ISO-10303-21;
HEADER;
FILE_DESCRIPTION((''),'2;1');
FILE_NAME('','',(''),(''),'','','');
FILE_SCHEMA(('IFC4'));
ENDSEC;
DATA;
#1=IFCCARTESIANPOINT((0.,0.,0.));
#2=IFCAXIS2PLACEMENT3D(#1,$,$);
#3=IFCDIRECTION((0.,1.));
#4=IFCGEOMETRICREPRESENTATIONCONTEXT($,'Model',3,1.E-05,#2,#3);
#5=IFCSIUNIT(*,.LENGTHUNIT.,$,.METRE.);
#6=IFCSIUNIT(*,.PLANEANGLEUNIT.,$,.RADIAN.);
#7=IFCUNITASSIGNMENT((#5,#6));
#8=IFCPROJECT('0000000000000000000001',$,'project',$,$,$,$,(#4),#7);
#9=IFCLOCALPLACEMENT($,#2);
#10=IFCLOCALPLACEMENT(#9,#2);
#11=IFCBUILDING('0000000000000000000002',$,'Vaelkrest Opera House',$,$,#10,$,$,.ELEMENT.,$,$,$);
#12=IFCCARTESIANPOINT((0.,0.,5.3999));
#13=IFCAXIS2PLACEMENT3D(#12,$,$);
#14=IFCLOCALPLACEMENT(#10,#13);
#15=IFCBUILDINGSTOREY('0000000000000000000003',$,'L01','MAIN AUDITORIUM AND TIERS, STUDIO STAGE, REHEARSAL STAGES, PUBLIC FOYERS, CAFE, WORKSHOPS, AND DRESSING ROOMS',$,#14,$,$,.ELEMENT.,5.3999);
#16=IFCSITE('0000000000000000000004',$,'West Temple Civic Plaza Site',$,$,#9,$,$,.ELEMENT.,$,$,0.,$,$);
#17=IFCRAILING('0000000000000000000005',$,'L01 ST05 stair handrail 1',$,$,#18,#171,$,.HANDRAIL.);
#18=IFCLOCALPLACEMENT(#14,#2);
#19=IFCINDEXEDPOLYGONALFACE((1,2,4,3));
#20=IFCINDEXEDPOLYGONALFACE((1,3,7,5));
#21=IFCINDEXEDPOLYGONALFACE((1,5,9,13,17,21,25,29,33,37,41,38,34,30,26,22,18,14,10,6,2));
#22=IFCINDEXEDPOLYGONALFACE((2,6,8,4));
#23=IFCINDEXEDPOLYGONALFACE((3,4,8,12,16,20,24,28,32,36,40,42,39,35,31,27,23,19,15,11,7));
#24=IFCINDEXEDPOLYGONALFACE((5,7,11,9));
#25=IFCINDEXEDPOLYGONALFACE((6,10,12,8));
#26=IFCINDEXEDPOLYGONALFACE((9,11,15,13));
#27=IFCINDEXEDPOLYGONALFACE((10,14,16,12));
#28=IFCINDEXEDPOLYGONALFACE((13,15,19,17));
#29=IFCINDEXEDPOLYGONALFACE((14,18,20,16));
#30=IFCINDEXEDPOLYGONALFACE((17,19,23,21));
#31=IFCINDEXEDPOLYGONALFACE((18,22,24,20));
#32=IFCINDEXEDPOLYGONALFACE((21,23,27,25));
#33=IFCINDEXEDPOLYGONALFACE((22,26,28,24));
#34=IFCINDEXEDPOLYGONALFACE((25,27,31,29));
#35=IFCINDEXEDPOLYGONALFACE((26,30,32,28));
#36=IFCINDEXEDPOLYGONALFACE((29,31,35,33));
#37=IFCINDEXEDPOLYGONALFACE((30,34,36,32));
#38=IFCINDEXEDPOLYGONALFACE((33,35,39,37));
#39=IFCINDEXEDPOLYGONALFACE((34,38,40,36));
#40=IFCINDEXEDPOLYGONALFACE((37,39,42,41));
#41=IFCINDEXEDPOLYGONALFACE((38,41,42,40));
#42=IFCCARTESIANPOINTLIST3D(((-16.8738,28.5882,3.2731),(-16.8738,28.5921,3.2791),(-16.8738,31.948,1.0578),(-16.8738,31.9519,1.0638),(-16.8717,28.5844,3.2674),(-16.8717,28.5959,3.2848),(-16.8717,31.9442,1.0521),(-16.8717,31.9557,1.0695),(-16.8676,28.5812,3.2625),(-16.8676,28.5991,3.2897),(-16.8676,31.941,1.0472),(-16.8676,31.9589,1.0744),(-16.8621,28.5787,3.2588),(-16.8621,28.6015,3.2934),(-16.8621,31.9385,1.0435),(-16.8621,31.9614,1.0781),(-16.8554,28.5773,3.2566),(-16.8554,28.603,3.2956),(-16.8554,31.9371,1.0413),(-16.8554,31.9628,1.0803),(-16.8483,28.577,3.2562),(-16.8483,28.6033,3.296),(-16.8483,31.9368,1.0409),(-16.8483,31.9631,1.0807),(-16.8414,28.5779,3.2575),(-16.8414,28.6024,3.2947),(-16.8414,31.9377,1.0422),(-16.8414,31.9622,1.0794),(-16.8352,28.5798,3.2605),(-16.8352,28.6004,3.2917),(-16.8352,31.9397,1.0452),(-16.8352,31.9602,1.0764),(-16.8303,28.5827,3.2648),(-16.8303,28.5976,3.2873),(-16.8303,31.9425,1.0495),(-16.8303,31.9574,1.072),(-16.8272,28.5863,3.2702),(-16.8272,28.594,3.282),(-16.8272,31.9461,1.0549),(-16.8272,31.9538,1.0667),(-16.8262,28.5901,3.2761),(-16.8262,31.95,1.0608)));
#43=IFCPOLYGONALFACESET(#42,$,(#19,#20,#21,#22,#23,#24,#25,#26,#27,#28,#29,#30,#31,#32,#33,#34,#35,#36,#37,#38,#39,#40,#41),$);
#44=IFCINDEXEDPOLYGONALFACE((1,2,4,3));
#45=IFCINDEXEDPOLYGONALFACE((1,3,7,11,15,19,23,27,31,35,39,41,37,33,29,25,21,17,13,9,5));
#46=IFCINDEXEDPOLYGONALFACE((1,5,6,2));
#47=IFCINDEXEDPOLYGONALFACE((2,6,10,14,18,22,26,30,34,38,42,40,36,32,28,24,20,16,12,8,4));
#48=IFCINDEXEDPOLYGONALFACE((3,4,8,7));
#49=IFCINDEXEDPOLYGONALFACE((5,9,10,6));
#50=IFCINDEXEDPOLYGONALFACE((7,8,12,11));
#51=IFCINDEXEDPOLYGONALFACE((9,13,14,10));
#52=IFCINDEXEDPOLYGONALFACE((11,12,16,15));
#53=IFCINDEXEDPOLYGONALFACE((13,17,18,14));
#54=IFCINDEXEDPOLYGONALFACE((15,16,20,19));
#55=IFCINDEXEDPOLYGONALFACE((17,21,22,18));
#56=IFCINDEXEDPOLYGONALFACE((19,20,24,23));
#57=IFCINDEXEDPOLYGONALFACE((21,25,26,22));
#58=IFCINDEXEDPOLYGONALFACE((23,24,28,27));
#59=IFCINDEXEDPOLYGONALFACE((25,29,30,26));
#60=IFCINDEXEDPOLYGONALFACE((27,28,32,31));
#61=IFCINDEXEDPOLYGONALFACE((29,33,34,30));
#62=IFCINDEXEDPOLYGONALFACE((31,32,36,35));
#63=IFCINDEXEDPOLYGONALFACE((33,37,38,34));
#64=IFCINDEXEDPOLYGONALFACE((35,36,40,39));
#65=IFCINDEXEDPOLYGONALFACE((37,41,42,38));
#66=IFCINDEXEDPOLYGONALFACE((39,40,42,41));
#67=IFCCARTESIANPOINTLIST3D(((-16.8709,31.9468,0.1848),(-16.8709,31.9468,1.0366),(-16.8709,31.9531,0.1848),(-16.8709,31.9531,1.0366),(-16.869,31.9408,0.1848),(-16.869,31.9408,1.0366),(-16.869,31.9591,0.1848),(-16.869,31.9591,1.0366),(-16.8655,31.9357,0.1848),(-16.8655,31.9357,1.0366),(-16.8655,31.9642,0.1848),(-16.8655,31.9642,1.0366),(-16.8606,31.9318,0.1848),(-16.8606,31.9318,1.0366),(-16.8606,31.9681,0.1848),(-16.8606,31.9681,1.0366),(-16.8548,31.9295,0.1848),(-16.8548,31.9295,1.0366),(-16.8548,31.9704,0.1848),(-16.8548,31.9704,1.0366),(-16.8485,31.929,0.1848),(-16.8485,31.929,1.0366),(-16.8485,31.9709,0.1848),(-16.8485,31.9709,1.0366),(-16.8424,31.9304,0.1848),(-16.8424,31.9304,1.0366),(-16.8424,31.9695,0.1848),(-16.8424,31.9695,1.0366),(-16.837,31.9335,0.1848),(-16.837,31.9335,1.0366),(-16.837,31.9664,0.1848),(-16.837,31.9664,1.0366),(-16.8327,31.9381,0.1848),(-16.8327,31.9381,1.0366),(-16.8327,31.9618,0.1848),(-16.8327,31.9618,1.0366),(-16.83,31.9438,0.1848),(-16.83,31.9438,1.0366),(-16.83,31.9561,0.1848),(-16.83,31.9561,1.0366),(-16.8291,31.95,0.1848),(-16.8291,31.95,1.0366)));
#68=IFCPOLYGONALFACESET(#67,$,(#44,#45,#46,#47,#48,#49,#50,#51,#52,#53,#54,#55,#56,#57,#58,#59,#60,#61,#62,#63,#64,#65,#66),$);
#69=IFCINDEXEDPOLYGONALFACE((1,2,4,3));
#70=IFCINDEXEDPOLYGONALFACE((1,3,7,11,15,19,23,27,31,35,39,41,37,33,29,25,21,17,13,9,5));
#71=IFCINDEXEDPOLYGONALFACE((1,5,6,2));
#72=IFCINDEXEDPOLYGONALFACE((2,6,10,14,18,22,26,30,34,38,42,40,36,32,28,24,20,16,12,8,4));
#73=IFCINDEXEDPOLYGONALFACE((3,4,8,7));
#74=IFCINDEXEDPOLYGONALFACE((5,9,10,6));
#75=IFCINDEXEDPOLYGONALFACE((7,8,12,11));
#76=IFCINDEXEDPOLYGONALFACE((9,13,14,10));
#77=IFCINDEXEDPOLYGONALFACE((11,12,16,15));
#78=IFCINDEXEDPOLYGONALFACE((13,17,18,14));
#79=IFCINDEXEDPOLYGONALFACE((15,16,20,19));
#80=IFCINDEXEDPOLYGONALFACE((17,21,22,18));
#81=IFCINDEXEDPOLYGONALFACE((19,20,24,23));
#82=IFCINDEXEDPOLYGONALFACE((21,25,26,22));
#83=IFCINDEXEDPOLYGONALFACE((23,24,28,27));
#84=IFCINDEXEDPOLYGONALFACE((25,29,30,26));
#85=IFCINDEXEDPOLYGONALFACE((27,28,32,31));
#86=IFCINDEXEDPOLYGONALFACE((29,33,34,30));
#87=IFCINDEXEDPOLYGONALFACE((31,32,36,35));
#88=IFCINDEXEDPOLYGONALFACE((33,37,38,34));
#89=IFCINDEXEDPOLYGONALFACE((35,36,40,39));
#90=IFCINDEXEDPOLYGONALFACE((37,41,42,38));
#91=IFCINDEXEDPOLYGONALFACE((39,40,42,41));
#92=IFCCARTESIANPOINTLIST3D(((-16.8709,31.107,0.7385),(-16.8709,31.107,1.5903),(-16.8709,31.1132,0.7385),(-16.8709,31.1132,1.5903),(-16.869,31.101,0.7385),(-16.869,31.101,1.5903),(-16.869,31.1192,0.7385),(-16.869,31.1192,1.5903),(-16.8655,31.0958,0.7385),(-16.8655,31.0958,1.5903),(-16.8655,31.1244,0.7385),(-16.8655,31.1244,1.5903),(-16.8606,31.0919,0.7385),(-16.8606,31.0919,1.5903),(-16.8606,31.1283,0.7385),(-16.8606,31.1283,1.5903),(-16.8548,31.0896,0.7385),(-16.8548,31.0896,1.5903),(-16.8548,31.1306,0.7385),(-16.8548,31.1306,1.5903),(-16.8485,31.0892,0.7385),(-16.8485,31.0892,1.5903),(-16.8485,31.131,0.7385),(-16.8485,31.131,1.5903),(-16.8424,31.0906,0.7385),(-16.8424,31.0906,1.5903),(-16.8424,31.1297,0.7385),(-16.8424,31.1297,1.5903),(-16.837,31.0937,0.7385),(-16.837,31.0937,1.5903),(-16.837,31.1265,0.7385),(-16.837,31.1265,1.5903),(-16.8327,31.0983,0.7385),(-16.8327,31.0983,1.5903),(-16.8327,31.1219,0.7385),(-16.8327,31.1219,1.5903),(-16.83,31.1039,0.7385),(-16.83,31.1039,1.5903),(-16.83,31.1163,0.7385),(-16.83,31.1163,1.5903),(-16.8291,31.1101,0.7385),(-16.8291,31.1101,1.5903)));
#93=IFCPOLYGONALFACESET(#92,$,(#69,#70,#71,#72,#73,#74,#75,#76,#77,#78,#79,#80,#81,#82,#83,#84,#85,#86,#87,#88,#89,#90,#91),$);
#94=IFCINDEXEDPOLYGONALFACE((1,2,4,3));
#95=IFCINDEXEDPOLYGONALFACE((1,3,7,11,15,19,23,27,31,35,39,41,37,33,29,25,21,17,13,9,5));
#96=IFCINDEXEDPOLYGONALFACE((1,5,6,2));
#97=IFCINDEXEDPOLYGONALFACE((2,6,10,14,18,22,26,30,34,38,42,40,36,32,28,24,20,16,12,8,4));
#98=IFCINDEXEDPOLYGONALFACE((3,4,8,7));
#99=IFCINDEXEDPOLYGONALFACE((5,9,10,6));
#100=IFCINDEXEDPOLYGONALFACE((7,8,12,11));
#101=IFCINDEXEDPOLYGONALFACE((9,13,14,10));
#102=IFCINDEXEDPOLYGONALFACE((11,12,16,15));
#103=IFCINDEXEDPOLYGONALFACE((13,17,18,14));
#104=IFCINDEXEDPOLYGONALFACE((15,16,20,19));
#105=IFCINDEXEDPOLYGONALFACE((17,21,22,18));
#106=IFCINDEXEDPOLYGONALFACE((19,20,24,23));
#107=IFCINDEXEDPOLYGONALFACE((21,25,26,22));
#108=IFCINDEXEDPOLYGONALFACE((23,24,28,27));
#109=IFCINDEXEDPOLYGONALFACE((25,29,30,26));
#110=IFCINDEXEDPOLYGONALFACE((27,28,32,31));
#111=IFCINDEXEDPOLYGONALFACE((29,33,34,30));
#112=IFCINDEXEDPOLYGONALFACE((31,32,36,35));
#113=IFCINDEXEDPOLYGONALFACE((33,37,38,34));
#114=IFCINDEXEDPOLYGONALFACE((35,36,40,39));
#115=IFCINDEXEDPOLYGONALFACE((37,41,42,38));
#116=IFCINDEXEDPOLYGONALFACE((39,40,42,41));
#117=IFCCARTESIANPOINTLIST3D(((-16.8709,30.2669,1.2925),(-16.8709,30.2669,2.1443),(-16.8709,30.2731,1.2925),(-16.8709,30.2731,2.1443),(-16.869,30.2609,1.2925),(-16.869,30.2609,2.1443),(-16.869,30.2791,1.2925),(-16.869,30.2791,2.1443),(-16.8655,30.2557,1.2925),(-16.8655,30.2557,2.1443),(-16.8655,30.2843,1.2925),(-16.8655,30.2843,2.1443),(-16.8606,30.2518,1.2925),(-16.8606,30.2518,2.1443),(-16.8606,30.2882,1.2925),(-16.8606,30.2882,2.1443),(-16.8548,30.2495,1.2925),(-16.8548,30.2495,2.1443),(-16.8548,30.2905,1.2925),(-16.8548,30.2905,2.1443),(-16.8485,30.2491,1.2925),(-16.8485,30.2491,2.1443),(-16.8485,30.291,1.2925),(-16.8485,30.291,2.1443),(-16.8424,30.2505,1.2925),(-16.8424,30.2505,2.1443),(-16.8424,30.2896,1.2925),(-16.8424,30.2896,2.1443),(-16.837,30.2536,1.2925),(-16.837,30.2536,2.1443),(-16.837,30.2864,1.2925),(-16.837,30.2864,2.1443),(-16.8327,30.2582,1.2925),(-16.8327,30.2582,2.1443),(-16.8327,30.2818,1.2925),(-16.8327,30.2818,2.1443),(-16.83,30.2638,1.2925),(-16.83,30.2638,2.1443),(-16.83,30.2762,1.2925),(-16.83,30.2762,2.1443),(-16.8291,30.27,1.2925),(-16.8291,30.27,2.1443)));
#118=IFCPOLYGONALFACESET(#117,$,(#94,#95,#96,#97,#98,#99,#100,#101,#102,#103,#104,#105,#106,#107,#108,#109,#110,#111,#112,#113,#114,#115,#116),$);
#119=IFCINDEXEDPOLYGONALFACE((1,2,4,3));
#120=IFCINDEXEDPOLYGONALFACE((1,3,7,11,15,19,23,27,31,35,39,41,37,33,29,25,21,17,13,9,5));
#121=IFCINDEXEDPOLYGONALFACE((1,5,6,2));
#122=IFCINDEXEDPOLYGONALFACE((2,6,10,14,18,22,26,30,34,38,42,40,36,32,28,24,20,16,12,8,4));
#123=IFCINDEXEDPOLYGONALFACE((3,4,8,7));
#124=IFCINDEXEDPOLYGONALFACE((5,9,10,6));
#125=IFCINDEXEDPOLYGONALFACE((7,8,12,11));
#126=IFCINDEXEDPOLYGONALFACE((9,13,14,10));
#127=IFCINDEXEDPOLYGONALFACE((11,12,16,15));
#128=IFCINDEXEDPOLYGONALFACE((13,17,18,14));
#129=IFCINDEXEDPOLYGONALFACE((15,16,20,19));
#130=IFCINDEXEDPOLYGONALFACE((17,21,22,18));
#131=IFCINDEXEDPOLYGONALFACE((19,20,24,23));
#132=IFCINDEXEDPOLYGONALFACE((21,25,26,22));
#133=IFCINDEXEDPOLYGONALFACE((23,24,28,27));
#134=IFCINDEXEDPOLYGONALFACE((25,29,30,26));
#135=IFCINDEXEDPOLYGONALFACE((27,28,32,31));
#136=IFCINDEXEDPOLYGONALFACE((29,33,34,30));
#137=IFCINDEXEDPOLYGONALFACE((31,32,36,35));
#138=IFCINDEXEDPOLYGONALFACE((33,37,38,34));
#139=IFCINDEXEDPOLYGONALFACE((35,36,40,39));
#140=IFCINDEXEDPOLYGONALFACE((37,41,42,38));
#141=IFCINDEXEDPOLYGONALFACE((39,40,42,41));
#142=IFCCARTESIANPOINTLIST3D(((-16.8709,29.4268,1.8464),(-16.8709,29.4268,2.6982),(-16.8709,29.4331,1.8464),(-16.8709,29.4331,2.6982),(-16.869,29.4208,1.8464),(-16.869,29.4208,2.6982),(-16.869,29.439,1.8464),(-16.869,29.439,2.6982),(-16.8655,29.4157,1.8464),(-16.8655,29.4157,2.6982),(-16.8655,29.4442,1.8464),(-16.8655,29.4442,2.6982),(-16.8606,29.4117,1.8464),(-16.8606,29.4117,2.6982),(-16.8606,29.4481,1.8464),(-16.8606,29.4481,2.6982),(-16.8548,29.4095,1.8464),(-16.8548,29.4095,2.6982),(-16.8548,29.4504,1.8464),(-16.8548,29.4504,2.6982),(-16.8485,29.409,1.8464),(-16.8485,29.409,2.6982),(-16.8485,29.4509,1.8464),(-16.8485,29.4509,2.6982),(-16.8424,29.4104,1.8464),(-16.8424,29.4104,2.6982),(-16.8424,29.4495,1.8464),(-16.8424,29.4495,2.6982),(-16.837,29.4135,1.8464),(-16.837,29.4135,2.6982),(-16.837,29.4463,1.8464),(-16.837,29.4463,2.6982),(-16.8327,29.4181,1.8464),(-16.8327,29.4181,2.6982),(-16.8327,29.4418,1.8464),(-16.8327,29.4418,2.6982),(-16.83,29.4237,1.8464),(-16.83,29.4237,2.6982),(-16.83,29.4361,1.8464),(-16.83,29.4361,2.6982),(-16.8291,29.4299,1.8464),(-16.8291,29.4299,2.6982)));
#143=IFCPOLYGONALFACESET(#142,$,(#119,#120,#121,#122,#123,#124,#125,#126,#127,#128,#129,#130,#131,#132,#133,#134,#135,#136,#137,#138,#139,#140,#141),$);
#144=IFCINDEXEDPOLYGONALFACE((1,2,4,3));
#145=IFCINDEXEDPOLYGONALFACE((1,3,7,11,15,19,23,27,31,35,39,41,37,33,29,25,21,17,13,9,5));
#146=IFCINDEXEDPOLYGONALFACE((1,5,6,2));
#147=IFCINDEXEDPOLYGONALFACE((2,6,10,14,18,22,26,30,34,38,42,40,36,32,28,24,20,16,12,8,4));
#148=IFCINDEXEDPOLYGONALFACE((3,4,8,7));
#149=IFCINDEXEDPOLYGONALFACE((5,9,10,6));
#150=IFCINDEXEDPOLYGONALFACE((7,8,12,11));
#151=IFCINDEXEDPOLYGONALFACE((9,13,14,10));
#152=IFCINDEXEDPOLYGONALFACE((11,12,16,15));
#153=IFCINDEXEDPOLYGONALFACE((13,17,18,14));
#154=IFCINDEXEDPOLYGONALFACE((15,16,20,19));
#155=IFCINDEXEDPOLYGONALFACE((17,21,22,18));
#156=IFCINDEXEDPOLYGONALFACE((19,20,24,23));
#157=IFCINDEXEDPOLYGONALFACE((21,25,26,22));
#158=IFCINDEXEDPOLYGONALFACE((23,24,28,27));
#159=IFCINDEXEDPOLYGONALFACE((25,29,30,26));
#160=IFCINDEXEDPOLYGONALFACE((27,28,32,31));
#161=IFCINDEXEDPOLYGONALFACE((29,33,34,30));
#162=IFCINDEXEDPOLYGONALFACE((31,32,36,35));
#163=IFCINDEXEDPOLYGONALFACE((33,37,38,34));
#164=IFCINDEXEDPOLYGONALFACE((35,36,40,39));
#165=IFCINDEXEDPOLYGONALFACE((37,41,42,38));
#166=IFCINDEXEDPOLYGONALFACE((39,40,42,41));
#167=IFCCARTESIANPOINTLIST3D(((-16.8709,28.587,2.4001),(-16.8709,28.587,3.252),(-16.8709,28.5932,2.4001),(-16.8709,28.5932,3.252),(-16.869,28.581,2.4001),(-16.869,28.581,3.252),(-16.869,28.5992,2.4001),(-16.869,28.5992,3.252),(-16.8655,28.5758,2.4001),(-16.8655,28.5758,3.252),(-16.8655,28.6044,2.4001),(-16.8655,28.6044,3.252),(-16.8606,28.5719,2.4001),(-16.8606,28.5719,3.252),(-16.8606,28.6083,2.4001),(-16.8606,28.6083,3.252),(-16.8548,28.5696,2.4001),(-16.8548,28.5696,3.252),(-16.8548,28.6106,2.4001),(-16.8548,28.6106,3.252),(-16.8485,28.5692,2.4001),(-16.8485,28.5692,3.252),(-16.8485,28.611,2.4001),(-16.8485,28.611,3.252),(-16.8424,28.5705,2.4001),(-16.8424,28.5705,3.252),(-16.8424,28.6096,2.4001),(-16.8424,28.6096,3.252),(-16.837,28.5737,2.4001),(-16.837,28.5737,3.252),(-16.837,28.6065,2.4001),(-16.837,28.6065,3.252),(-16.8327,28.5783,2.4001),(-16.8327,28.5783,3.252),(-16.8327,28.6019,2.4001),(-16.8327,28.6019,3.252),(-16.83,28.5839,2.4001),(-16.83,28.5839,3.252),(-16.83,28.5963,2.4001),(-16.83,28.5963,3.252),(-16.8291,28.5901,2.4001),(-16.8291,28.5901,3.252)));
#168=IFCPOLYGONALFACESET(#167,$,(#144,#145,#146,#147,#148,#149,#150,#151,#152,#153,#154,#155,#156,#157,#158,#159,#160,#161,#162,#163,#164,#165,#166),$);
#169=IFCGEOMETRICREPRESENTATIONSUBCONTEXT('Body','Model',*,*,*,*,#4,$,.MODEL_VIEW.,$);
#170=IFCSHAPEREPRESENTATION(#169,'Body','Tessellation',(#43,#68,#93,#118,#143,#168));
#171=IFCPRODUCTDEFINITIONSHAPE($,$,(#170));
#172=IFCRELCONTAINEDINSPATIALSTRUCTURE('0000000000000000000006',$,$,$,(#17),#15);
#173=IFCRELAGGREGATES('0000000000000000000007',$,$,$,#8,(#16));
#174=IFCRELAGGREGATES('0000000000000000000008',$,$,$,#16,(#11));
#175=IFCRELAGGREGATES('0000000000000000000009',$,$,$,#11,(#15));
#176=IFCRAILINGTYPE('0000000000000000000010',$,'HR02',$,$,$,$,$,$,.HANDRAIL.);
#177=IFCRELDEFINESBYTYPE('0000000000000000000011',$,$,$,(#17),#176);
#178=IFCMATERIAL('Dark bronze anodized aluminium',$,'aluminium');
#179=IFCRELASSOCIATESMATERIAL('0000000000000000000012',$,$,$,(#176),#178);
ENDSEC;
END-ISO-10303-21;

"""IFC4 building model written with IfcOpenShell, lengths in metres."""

from ifc_helpers import new_model, si_unit, direction, frame, origin, origin_2d, place, context, subcontext, project, spatial, circle, extrude, material, type_object, element, save


model = new_model("IFC4")

# Units and contexts
model_context = context("Model", 3, precision=1e-05, world=origin(), true_north=direction((0.0, 1.0)))
body_context = subcontext(model_context, "Body", "Model", "MODEL_VIEW")
ifc_project = project(units=[si_unit("LENGTHUNIT", "METRE"), si_unit("PLANEANGLEUNIT", "RADIAN")], contexts=[model_context])

# Site, building, storey
site_placement = place(None, origin())
site = spatial("IfcSite", under=ifc_project, at=site_placement, Name="West Temple Civic Plaza Site", CompositionType="ELEMENT", RefElevation=0.0)
building_placement = place(site_placement, origin())
building = spatial("IfcBuilding", under=site, at=building_placement, Name="Vaelkrest Opera House", CompositionType="ELEMENT")
storey_placement = place(building_placement, frame((0.0, 0.0, 5.3999)))
storey = spatial("IfcBuildingStorey", under=building, at=storey_placement, Name="L01", Description="MAIN AUDITORIUM AND TIERS, STUDIO STAGE, REHEARSAL STAGES, PUBLIC FOYERS, CAFE, WORKSHOPS, AND DRESSING ROOMS", CompositionType="ELEMENT", Elevation=5.3999)

# Railing
ifc_material_1 = material(Name="Dark bronze anodized aluminium", Category="aluminium")
railing_type_1 = type_object("IfcRailingType", Name="HR02", PredefinedType="HANDRAIL", material=ifc_material_1)
railing_1_placement = place(storey_placement, frame((-16.8501, 31.95, 0.1848)))
element("IfcRailing", 1, at=railing_1_placement, inside=storey, type_object=railing_type_1, Name="L01 ST05 stair handrail 1", PredefinedType="HANDRAIL", context=body_context, shape_type="SweptSolid", body=[
    extrude(circle(Radius=0.0239, at=origin_2d()), frame((0.0, 0.0, 0.876), z_axis=(0.0, -0.834858, 0.550465), x_axis=(1.0, 0.0, 0.0)), (0.0, 0.0, 1.0), 4.0244),
    extrude(circle(Radius=0.021, at=origin_2d()), origin(), (0.0, 0.0, 1.0), 0.8518),
    extrude(circle(Radius=0.021, at=origin_2d()), frame((0.0, -0.8398, 0.5537)), (0.0, 0.0, 1.0), 0.8518),
    extrude(circle(Radius=0.021, at=origin_2d()), frame((0.0, -1.6799, 1.1077)), (0.0, 0.0, 1.0), 0.8518),
    extrude(circle(Radius=0.021, at=origin_2d()), frame((0.0, -2.52, 1.6616)), (0.0, 0.0, 1.0), 0.8518),
    extrude(circle(Radius=0.021, at=origin_2d()), frame((0.0, -3.3599, 2.2153)), (0.0, 0.0, 1.0), 0.8518),
])

save(model, "model.ifc")
